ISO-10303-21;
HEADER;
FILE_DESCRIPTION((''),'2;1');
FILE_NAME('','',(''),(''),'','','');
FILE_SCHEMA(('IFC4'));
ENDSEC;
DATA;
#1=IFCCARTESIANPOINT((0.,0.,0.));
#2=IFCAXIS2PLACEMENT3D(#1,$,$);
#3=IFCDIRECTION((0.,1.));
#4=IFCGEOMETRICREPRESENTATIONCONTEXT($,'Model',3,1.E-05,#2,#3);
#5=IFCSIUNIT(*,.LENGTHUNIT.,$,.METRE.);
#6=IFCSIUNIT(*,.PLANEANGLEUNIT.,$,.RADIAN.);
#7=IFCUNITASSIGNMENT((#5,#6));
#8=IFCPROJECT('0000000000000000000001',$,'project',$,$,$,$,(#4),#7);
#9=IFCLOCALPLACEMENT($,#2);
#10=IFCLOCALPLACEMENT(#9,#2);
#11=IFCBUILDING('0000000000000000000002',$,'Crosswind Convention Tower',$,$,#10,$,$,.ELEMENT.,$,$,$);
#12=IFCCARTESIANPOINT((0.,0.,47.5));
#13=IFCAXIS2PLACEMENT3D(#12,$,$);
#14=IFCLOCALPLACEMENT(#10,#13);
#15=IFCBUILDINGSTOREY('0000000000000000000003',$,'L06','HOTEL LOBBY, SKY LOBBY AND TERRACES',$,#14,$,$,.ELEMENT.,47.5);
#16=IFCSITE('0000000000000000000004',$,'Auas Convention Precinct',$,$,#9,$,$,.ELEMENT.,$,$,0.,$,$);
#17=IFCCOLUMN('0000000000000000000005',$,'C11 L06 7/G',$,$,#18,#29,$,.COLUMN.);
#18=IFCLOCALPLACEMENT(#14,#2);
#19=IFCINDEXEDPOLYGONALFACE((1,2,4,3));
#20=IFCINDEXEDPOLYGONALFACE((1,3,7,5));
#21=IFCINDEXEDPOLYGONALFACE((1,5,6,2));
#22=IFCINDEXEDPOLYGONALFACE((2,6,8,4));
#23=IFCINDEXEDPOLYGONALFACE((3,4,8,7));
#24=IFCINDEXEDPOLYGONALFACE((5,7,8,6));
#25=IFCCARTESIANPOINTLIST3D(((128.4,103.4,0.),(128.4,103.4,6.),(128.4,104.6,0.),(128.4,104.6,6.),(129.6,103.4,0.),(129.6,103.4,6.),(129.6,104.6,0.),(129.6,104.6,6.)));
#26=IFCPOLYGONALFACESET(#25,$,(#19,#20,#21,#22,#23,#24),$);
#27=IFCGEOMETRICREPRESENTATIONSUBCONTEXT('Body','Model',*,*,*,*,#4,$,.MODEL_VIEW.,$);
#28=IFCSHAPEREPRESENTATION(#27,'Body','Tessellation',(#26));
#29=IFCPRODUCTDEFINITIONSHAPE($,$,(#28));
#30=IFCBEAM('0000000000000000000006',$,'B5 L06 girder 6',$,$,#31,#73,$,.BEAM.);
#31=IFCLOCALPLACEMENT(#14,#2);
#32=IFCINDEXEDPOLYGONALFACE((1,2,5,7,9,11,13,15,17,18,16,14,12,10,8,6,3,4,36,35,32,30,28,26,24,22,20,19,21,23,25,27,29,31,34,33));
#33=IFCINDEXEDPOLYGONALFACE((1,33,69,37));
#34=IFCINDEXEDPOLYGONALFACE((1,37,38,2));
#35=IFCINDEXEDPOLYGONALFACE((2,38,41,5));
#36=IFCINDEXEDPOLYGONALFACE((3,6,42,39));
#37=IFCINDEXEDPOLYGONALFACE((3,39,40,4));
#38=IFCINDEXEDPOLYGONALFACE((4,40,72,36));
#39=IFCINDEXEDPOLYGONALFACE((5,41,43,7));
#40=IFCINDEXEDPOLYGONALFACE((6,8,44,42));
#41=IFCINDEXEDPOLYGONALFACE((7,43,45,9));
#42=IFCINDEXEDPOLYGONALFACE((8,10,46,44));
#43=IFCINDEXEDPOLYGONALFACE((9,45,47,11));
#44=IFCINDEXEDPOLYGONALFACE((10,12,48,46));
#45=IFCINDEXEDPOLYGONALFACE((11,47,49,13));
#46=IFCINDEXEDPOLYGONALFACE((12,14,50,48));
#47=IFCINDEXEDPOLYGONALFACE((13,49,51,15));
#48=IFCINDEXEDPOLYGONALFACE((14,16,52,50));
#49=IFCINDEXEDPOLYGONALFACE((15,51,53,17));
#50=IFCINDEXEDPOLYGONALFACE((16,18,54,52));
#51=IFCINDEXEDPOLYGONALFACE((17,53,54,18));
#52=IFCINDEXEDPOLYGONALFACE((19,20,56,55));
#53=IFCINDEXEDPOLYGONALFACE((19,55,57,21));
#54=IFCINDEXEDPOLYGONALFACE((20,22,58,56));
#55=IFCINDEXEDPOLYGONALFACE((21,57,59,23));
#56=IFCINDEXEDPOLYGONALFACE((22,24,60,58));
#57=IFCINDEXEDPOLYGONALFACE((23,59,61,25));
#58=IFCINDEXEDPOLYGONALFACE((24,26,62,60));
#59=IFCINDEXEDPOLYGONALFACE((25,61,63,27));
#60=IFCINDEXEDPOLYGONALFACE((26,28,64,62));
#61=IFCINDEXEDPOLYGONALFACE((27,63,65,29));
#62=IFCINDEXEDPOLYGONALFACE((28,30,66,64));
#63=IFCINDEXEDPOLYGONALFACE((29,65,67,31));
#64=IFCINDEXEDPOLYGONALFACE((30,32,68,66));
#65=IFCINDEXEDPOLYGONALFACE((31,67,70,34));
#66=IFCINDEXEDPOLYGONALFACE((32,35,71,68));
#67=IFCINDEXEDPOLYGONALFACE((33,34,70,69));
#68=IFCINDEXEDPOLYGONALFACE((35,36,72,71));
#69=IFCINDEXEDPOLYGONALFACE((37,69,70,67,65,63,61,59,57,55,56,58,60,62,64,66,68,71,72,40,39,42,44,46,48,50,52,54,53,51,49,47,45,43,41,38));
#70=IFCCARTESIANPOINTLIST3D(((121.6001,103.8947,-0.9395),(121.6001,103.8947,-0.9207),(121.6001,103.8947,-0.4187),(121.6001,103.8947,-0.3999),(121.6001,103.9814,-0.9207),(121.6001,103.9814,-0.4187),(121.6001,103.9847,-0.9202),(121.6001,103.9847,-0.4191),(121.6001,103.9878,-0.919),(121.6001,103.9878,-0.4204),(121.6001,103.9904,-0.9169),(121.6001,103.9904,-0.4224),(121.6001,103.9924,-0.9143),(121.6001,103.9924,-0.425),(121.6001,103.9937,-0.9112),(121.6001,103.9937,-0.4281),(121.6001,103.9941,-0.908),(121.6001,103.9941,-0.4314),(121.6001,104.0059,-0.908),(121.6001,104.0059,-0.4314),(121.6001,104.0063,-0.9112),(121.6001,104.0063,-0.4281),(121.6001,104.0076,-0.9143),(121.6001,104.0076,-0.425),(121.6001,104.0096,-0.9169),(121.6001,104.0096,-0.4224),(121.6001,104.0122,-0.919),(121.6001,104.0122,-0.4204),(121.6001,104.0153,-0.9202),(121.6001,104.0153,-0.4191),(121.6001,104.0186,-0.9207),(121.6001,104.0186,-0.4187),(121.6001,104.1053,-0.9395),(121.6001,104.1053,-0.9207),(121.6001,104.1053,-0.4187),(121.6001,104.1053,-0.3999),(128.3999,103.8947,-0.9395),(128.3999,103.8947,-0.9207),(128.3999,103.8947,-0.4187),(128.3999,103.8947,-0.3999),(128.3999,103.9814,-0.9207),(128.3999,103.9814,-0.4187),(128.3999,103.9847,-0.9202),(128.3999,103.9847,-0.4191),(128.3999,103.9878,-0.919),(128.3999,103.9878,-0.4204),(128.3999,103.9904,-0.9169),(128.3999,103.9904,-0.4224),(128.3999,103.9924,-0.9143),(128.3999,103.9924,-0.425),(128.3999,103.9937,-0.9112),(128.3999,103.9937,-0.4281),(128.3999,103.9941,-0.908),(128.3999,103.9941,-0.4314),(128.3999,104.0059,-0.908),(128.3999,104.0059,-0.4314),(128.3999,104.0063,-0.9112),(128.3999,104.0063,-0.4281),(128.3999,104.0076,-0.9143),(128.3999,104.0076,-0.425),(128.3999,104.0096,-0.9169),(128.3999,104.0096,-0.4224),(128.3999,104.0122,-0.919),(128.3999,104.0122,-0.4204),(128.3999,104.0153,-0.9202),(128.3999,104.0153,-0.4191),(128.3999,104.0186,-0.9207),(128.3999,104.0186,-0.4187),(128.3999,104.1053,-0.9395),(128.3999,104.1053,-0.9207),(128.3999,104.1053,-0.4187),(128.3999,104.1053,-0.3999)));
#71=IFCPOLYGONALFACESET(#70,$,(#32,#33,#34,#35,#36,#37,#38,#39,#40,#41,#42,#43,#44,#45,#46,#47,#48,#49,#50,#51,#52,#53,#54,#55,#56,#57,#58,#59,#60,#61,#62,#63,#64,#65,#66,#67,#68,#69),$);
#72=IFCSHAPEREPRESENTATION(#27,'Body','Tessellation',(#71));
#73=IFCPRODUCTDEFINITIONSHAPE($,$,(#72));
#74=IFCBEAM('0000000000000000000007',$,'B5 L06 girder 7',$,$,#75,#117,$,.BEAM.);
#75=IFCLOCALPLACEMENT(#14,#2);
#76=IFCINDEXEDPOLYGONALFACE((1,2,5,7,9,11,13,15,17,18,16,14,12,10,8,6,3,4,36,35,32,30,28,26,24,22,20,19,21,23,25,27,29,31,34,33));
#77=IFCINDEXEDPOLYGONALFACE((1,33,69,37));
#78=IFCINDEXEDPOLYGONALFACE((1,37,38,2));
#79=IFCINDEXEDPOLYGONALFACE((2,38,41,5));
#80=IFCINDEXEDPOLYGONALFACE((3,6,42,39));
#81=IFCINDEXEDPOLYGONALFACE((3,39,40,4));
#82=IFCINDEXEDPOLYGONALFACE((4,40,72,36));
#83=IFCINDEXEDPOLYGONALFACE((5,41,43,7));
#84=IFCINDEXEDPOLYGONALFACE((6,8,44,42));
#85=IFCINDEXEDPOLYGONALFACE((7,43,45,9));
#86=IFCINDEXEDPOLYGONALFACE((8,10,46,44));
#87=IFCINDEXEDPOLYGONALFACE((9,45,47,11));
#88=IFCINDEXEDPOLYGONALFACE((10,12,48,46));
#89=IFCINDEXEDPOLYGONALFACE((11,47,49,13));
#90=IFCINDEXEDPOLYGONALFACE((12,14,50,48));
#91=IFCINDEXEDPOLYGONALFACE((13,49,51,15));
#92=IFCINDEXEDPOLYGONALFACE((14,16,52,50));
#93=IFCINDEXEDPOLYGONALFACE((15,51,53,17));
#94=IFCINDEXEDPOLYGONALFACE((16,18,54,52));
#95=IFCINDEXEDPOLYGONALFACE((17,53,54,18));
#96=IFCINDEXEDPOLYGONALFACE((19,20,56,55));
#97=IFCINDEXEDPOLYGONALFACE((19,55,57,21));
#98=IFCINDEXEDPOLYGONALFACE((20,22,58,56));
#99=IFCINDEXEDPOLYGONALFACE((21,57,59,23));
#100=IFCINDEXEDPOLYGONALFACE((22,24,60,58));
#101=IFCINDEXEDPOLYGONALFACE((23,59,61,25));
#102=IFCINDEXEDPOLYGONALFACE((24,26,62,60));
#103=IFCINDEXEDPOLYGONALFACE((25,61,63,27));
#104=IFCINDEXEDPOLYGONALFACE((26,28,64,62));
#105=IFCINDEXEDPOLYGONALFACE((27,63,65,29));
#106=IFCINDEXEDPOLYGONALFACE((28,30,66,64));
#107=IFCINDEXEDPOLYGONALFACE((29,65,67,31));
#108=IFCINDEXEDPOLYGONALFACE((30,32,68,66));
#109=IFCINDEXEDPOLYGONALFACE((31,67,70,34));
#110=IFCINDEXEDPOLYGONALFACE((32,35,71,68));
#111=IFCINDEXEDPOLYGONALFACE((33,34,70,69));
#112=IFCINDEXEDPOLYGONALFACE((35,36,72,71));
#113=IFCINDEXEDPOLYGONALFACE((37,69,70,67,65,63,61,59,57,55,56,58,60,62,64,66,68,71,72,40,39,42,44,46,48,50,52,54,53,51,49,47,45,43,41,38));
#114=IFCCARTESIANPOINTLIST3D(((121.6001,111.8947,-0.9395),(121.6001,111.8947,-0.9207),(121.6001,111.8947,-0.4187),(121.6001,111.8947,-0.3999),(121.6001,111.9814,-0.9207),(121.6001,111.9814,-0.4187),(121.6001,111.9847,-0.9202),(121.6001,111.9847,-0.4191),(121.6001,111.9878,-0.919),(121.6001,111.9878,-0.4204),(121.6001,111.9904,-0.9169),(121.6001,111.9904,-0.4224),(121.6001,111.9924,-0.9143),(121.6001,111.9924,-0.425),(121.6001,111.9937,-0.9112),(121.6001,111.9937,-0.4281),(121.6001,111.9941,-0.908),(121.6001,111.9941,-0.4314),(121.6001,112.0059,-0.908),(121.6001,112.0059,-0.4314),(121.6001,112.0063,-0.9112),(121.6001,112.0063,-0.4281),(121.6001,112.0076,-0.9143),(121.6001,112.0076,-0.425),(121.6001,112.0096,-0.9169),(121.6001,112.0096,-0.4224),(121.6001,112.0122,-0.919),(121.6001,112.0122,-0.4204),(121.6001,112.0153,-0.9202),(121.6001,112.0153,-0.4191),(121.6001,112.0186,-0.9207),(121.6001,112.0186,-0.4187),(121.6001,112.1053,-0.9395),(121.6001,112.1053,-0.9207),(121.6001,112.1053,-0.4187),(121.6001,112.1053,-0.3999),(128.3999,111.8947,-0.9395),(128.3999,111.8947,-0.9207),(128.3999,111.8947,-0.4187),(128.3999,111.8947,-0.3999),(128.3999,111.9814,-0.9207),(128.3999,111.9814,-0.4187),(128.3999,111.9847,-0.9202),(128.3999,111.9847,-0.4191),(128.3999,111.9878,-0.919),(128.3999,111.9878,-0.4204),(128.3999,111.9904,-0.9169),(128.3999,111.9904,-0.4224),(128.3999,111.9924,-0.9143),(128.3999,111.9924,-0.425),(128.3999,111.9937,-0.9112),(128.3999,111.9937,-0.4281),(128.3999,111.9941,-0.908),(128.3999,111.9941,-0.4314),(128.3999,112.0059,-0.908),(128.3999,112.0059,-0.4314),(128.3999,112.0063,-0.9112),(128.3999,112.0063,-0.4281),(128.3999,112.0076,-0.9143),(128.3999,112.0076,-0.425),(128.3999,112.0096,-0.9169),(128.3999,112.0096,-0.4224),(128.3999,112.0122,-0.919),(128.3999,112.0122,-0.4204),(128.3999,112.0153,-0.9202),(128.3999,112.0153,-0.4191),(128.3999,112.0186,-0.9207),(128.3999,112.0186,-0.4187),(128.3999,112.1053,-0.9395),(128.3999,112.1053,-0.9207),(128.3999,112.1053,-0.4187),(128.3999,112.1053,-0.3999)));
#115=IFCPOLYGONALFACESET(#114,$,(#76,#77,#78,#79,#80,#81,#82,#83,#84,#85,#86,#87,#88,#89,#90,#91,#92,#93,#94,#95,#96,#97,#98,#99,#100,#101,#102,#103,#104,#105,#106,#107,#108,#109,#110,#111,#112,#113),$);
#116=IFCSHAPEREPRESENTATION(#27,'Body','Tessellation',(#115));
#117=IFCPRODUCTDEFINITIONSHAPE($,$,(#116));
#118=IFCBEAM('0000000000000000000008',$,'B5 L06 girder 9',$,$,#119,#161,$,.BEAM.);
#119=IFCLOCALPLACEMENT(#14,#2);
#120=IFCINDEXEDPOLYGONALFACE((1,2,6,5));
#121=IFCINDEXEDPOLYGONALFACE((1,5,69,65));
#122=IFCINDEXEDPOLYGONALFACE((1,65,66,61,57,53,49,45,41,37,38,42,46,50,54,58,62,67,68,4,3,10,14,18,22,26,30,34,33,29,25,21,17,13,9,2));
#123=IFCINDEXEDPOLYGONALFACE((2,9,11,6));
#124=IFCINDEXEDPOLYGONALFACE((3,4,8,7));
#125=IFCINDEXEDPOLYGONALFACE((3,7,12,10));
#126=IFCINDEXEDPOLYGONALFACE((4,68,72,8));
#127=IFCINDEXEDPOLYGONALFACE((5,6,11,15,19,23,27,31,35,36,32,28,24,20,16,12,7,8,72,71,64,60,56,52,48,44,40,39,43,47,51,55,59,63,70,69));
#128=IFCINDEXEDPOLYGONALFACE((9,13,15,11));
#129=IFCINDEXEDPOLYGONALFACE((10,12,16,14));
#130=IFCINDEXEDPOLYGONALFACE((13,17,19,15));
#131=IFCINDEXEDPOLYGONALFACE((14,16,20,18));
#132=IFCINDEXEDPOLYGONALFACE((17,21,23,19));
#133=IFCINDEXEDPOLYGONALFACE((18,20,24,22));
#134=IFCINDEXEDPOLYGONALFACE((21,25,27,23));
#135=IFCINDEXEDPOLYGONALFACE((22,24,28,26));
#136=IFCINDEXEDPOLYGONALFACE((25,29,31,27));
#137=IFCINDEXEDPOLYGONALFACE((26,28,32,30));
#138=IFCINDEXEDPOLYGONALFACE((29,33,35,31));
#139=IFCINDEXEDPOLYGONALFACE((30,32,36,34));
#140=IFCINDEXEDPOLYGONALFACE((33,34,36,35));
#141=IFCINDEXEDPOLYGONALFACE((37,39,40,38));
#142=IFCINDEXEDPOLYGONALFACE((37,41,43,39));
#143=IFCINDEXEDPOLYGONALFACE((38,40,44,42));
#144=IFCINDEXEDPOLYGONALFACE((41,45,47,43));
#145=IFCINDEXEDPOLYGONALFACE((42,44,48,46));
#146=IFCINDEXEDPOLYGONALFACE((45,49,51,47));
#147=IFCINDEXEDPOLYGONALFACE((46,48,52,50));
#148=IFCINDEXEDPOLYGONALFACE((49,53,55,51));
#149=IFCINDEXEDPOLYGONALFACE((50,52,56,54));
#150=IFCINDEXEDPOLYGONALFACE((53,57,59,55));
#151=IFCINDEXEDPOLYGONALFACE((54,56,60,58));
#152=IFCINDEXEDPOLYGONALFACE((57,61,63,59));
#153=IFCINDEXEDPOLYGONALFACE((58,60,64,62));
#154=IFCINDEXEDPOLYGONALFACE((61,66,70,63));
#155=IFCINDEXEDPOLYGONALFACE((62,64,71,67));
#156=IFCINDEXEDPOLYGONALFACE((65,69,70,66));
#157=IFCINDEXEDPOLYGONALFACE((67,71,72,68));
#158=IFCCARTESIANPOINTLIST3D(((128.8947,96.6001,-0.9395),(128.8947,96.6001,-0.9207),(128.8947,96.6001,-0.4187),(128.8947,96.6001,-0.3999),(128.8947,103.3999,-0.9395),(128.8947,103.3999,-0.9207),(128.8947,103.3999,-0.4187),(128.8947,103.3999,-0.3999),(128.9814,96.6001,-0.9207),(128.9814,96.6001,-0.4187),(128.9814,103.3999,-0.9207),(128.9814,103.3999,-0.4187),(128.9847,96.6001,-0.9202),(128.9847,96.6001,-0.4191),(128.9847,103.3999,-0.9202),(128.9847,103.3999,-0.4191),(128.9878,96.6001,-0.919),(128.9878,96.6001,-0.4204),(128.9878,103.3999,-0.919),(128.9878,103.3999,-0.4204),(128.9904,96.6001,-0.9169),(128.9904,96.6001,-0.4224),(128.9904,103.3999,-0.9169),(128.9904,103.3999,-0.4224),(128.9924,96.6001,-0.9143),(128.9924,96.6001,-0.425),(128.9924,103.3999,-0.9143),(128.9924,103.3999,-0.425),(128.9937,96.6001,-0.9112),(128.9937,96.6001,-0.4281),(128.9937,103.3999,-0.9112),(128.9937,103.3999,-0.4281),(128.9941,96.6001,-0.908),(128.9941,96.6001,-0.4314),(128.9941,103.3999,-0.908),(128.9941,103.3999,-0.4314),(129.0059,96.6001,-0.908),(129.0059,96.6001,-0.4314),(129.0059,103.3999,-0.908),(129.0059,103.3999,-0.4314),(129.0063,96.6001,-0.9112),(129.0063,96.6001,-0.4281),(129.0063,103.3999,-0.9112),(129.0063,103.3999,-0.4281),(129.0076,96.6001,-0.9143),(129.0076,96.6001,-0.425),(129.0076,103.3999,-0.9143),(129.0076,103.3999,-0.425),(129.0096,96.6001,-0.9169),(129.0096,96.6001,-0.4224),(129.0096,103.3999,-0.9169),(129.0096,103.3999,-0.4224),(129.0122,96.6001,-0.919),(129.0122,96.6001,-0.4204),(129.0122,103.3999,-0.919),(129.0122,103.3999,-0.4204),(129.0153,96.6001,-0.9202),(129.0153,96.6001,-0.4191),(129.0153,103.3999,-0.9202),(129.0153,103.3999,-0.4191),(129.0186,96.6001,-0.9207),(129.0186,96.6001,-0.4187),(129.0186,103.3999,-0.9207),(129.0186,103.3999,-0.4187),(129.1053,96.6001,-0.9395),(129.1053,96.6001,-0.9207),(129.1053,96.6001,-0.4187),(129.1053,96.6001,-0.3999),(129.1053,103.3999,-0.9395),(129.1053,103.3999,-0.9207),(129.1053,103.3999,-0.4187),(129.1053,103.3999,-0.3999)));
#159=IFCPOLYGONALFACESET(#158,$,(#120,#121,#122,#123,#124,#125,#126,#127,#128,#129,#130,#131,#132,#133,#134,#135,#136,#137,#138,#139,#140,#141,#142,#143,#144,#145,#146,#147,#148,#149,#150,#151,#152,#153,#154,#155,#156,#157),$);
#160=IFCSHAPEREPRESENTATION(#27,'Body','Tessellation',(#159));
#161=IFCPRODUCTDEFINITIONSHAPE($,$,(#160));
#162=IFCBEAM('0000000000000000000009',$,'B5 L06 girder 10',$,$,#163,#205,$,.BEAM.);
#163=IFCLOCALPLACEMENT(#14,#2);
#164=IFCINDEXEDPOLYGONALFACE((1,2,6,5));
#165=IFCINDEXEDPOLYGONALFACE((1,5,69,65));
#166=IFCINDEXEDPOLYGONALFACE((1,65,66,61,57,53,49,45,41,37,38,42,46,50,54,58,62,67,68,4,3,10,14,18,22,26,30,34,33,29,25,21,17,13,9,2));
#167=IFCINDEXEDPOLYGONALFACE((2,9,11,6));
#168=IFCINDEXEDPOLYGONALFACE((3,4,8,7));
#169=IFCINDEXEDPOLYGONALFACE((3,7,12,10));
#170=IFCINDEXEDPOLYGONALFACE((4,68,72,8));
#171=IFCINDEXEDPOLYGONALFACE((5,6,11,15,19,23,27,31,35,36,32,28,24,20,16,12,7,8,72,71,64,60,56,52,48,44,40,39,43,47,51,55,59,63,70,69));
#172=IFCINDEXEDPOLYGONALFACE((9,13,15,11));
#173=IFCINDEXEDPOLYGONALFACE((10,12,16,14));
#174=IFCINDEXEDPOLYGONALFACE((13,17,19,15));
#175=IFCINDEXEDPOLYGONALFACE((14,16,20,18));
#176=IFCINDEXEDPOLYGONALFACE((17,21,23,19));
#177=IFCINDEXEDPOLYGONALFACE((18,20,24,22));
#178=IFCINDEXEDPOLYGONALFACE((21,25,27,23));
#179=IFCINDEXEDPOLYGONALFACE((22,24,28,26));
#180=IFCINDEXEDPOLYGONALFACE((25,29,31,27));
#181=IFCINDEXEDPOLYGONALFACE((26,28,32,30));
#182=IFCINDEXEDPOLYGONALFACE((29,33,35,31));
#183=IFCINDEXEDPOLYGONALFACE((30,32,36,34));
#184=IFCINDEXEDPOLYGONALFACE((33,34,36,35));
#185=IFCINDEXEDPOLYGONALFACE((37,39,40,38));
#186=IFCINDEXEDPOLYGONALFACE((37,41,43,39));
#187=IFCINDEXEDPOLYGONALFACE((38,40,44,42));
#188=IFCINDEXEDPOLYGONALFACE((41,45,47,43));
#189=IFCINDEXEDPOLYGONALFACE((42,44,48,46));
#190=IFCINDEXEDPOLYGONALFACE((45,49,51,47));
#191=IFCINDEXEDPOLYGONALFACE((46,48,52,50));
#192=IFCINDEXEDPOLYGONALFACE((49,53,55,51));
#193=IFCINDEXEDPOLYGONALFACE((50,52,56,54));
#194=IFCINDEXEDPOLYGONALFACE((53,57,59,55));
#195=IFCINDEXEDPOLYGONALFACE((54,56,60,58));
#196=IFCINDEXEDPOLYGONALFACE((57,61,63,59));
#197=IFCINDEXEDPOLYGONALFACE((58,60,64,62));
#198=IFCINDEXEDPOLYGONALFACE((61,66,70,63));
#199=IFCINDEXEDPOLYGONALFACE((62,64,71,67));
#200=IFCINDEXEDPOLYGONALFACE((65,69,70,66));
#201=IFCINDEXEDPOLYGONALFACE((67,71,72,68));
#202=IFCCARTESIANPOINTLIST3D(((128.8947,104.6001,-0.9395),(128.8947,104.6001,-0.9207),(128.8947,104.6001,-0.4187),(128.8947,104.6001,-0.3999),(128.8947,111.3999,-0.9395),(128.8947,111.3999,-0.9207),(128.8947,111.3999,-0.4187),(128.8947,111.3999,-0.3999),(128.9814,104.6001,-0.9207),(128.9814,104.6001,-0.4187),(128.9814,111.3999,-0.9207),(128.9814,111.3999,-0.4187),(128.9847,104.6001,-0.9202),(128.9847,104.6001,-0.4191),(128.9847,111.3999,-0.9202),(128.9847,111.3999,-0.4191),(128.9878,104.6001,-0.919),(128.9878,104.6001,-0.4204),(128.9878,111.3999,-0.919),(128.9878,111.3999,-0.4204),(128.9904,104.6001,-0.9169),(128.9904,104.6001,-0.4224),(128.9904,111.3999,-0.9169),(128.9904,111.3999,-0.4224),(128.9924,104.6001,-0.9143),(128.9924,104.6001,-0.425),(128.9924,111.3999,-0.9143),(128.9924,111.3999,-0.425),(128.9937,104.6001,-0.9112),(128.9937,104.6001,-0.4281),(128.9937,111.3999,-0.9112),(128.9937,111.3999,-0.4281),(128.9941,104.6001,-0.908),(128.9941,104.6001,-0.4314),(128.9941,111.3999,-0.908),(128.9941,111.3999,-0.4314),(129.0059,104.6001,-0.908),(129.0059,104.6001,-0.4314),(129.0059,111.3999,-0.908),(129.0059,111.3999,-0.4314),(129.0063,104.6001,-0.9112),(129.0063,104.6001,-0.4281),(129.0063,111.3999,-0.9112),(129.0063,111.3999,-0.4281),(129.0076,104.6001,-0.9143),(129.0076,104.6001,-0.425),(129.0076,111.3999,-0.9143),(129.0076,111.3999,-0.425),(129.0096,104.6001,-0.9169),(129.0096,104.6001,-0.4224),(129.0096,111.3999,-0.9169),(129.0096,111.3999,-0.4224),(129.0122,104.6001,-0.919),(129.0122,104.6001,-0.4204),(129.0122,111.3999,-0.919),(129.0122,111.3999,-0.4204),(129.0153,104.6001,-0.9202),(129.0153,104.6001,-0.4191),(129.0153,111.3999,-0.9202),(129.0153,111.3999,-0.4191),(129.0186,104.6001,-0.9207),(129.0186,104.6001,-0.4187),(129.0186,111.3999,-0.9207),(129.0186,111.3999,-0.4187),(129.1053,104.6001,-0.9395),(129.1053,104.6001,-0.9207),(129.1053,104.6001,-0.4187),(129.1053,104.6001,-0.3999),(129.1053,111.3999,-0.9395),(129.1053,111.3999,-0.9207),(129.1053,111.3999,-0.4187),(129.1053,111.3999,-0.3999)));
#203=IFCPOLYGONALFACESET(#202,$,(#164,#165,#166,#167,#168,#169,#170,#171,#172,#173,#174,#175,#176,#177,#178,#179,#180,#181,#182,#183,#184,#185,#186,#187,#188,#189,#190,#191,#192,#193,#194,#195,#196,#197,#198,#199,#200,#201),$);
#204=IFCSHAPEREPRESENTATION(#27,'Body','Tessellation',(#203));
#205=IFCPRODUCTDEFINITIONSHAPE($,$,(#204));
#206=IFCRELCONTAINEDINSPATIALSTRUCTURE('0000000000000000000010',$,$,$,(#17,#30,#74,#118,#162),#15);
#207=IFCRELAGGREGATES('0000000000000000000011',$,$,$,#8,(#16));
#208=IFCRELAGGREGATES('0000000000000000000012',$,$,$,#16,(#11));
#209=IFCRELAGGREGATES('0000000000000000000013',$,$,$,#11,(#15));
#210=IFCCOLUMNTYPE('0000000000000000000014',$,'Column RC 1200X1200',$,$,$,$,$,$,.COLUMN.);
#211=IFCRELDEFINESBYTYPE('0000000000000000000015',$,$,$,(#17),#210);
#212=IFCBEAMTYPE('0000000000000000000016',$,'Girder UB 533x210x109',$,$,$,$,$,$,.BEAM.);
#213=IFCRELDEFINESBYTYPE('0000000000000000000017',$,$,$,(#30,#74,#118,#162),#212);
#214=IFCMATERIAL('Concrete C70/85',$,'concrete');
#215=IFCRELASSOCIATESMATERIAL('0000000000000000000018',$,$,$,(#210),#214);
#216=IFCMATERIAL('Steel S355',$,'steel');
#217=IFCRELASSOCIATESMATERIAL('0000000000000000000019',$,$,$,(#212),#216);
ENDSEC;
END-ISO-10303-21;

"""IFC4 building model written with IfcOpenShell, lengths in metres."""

from ifc_helpers import new_model, si_unit, direction, frame, origin, origin_2d, place, context, subcontext, project, spatial, rectangle, i_section, extrude, material, material_profile, profile_set, type_object, element, save


model = new_model("IFC4")

# Units and contexts
model_context = context("Model", 3, precision=1e-05, world=origin(), true_north=direction((0.0, 1.0)))
body_context = subcontext(model_context, "Body", "Model", "MODEL_VIEW")
ifc_project = project(units=[si_unit("LENGTHUNIT", "METRE"), si_unit("PLANEANGLEUNIT", "RADIAN")], contexts=[model_context])

# Site, building, storey
site_placement = place(None, origin())
site = spatial("IfcSite", under=ifc_project, at=site_placement, Name="Auas Convention Precinct", CompositionType="ELEMENT", RefElevation=0.0)
building_placement = place(site_placement, origin())
building = spatial("IfcBuilding", under=site, at=building_placement, Name="Crosswind Convention Tower", CompositionType="ELEMENT")
storey_placement = place(building_placement, frame((0.0, 0.0, 47.5)))
storey = spatial("IfcBuildingStorey", under=building, at=storey_placement, Name="L06", Description="HOTEL LOBBY, SKY LOBBY AND TERRACES", CompositionType="ELEMENT", Elevation=47.5)

# Column
ifc_material_1 = material(Name="Concrete C70/85", Category="concrete")
ifc_material_profile_1 = material_profile(ifc_material_1, rectangle(XDim=1.2, YDim=1.2, at=origin_2d()), Name="RC 1200X1200")
ifc_profile_set_1 = profile_set([ifc_material_profile_1], Name="Concrete C70/85")
column_type = type_object("IfcColumnType", Name="Column RC 1200X1200", PredefinedType="COLUMN", material=ifc_profile_set_1)
column_placement = place(storey_placement, frame((129.0, 104.0, 0.0), z_axis=(0.0, 0.0, 1.0), x_axis=(1.0, 0.0, 0.0)))
element("IfcColumn", 1, at=column_placement, inside=storey, type_object=column_type, Name="C11 L06 7/G", PredefinedType="COLUMN", context=body_context, shape_type="SweptSolid", body=[
    extrude(rectangle(XDim=1.2, YDim=1.2, at=origin_2d()), origin(), (0.0, 0.0, 1.0), 6.0),
])

# Beams
ifc_material_2 = material(Name="Steel S355", Category="steel")
ifc_material_profile_2 = material_profile(ifc_material_2, i_section(OverallWidth=0.2107, OverallDepth=0.5396, WebThickness=0.0117, FlangeThickness=0.0188, FilletRadius=0.0127, at=origin_2d()), Name="UB 533x210x109")
ifc_profile_set_2 = profile_set([ifc_material_profile_2], Name="Steel S355")
beam_type_1 = type_object("IfcBeamType", Name="Girder UB 533x210x109", PredefinedType="BEAM", material=ifc_profile_set_2)
for number, where, z_axis, x_axis, name in (
    (2, (121.6001, 104.0, -0.6697), (1.0, 0.0, 0.0), (0.0, 1.0, 0.0), "B5 L06 girder 6"),
    (3, (121.6001, 112.0, -0.6697), (1.0, 0.0, 0.0), (0.0, 1.0, 0.0), "B5 L06 girder 7"),
    (4, (129.0, 96.6001, -0.6697), (0.0, 1.0, 0.0), (-1.0, 0.0, 0.0), "B5 L06 girder 9"),
    (5, (129.0, 104.6001, -0.6697), (0.0, 1.0, 0.0), (-1.0, 0.0, 0.0), "B5 L06 girder 10"),
):
    element("IfcBeam", number, at=place(storey_placement, frame(where, z_axis=z_axis, x_axis=x_axis)), inside=storey, type_object=beam_type_1, Name=name, PredefinedType="BEAM", context=body_context, shape_type="SweptSolid", body=[
        extrude(i_section(OverallWidth=0.2107, OverallDepth=0.5396, WebThickness=0.0117, FlangeThickness=0.0188, FilletRadius=0.0127, at=origin_2d()), origin(), (0.0, 0.0, 1.0), 6.7998),
    ])

save(model, "model.ifc")
